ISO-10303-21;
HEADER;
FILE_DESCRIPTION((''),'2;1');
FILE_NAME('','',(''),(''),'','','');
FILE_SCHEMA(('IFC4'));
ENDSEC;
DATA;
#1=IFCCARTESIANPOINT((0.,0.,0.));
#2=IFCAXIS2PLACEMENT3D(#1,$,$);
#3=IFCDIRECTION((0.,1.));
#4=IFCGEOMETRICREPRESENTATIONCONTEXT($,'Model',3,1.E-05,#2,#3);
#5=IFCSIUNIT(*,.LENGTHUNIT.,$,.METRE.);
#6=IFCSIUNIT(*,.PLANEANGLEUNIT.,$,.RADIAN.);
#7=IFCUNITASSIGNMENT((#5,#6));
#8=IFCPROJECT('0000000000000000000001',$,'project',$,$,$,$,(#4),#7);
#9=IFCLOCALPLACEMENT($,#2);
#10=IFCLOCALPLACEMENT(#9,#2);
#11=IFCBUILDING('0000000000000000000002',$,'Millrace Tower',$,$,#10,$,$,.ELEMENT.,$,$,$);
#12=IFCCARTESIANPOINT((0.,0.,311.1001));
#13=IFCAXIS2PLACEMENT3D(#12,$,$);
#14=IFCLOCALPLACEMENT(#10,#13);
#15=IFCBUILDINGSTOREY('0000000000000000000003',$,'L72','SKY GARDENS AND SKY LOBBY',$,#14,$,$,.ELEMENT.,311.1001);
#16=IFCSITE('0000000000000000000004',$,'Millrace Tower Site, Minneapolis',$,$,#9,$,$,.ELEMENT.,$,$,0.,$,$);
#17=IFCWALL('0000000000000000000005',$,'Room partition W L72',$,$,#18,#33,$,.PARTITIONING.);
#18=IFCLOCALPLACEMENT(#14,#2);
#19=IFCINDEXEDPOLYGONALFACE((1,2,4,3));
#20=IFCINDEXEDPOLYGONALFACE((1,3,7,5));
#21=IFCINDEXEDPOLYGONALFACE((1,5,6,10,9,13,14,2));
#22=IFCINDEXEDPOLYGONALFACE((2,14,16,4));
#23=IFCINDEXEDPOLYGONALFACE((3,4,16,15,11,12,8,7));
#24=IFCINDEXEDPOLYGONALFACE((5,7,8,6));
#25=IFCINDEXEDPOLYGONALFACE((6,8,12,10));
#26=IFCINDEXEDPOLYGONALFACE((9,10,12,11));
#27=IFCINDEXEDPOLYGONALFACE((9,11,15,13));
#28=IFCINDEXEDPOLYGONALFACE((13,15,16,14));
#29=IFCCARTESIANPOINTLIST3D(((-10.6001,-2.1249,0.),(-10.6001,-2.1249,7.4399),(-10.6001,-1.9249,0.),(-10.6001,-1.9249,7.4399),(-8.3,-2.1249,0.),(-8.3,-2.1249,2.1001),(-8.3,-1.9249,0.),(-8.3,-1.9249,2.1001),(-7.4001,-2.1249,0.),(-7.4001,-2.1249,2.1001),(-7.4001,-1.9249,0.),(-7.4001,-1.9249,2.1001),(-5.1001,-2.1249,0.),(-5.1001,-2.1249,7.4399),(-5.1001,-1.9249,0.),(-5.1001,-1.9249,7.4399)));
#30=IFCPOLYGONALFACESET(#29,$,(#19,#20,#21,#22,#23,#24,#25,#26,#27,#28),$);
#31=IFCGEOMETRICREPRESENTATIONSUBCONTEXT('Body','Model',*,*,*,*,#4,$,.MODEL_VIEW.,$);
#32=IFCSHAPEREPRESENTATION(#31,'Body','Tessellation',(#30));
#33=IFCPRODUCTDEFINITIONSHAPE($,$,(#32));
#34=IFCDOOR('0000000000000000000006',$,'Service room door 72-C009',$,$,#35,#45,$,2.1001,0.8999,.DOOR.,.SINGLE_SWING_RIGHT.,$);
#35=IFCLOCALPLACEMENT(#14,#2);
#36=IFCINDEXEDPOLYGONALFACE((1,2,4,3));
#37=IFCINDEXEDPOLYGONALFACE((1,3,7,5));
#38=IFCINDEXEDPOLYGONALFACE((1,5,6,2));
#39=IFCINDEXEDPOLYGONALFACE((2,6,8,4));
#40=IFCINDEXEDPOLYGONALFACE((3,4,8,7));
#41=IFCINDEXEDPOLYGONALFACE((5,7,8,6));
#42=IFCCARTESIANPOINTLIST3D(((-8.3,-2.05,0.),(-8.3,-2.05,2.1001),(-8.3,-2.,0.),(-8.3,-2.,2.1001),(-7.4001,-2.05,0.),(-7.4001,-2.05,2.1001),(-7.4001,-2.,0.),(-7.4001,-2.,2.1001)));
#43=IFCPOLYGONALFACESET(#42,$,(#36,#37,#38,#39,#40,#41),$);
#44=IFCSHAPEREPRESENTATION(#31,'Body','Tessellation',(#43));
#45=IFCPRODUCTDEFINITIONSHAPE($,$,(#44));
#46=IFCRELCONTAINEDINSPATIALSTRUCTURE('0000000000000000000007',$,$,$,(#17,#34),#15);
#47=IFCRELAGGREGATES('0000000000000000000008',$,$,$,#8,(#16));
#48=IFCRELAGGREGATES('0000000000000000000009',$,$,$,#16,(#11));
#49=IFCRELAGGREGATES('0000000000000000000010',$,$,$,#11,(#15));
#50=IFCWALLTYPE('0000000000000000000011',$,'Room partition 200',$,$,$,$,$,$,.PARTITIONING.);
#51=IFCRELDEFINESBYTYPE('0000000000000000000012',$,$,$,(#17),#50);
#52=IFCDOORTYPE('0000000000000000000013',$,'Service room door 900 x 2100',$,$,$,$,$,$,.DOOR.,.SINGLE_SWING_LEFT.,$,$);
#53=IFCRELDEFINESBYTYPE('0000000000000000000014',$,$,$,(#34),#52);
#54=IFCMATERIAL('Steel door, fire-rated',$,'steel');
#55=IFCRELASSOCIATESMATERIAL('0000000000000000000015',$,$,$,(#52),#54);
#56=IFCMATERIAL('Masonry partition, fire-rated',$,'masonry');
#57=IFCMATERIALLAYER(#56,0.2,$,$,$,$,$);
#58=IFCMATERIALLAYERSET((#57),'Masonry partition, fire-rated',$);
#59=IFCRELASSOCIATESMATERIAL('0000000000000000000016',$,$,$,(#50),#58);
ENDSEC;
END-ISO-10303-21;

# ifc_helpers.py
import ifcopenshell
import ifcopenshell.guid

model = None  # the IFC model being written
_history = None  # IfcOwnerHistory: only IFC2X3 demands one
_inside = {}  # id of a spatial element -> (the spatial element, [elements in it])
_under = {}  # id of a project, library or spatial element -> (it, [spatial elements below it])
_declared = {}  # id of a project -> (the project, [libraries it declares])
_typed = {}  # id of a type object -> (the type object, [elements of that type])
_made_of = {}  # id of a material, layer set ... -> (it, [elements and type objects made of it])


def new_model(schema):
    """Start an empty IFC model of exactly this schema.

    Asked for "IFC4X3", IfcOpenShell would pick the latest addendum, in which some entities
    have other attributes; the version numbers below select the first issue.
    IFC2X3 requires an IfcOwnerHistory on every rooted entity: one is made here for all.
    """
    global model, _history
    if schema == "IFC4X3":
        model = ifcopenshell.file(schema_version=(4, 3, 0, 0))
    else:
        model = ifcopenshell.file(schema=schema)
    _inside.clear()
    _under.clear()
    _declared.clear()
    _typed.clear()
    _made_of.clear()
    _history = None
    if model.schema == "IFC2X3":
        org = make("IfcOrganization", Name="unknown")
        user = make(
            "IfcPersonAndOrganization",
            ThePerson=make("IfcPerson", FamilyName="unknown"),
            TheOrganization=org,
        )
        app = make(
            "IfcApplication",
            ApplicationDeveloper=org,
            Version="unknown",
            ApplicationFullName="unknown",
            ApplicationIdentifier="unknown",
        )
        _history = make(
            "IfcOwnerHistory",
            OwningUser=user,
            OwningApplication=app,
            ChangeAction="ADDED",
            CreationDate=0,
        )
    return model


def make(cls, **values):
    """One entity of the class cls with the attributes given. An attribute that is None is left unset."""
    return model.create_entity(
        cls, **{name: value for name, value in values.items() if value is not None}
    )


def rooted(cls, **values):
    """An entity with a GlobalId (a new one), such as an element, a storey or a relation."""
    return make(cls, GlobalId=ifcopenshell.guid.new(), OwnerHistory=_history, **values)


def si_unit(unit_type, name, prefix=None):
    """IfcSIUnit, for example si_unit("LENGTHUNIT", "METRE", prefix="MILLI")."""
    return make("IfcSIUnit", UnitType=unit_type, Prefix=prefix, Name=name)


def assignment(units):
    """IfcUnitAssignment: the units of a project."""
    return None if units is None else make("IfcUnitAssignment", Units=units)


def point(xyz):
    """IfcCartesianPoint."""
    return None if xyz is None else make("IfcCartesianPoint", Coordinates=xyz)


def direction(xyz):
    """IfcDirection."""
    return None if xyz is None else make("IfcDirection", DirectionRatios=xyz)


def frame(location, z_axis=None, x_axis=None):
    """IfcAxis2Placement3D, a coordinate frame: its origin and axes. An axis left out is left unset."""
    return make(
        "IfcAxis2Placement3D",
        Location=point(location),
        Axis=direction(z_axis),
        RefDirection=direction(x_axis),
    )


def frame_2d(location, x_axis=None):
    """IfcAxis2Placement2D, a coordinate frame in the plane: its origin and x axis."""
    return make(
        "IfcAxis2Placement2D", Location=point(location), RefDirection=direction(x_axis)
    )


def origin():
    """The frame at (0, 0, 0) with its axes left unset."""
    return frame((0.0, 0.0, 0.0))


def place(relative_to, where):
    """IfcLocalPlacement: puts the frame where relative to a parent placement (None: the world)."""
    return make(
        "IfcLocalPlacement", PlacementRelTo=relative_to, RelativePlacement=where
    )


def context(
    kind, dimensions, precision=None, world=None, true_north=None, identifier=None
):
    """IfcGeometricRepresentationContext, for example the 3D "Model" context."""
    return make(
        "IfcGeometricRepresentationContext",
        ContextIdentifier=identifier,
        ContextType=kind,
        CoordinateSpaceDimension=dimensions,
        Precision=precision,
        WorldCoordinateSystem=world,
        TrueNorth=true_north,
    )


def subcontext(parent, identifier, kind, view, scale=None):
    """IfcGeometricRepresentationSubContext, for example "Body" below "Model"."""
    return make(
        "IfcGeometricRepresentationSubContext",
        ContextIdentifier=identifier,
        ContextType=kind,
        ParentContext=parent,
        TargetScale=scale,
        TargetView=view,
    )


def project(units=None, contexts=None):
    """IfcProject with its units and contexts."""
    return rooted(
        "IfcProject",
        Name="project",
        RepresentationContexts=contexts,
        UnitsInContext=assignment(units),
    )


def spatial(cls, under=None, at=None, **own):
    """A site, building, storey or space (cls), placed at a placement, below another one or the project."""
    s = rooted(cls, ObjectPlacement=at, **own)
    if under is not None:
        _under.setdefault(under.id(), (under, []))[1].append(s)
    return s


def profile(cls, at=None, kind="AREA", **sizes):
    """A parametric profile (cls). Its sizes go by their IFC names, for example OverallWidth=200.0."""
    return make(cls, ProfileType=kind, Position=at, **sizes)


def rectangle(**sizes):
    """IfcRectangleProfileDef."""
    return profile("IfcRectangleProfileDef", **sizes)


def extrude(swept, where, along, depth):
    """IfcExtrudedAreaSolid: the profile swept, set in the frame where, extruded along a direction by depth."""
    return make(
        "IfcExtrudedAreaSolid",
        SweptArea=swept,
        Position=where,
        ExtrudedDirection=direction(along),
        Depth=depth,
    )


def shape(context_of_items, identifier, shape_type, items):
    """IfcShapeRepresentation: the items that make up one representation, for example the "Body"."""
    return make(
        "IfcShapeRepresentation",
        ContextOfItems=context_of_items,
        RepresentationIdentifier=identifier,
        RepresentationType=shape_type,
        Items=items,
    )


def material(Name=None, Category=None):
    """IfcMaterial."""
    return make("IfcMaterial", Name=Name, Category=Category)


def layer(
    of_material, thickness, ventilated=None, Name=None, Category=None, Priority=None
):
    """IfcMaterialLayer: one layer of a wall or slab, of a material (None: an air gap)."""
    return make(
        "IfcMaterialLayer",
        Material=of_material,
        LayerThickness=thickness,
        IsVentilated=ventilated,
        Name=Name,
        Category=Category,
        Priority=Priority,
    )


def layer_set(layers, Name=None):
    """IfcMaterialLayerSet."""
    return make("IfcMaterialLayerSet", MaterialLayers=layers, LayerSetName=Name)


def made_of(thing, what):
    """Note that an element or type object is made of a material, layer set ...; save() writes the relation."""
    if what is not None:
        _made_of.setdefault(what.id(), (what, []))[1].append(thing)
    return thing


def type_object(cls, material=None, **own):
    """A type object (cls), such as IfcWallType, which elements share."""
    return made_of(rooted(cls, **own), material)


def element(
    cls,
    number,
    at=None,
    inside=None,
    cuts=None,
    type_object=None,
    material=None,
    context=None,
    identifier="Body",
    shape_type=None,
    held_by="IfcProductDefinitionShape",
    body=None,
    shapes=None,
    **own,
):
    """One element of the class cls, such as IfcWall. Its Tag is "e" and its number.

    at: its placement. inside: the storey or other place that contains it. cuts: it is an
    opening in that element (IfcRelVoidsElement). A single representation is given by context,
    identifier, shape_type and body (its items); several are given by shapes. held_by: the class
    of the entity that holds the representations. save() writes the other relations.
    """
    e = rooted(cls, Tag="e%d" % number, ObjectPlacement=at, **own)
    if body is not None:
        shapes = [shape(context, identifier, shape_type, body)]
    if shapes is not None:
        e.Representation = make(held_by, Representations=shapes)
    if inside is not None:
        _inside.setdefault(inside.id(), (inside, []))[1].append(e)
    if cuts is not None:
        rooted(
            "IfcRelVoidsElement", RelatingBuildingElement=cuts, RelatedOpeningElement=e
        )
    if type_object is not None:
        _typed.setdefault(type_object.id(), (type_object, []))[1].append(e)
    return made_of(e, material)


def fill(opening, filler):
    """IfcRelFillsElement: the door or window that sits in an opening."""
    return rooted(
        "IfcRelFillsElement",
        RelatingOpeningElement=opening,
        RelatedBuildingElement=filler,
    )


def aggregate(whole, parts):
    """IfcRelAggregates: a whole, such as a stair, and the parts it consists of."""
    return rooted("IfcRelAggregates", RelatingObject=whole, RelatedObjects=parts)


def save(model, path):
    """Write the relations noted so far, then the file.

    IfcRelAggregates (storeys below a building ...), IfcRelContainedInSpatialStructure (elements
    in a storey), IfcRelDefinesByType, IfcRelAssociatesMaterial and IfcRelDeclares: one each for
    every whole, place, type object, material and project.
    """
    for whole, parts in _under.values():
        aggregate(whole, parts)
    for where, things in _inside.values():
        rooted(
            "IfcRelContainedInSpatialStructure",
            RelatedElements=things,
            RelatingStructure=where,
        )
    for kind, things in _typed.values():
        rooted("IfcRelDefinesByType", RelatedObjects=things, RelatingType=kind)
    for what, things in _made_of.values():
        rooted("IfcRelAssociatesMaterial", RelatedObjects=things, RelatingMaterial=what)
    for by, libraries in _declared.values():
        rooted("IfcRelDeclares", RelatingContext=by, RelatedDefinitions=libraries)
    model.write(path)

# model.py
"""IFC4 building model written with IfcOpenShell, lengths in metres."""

from ifc_helpers import new_model, si_unit, direction, frame, frame_2d, origin, place, context, subcontext, project, spatial, rectangle, extrude, material, layer, layer_set, type_object, element, fill, save


model = new_model("IFC4")

# Units and contexts
model_context = context("Model", 3, precision=1e-05, world=origin(), true_north=direction((0.0, 1.0)))
body_context = subcontext(model_context, "Body", "Model", "MODEL_VIEW")
ifc_project = project(units=[si_unit("LENGTHUNIT", "METRE"), si_unit("PLANEANGLEUNIT", "RADIAN")], contexts=[model_context])

# Site, building, storey
site_placement = place(None, origin())
site = spatial("IfcSite", under=ifc_project, at=site_placement, Name="Millrace Tower Site, Minneapolis", CompositionType="ELEMENT", RefElevation=0.0)
building_placement = place(site_placement, origin())
building = spatial("IfcBuilding", under=site, at=building_placement, Name="Millrace Tower", CompositionType="ELEMENT")
storey_placement = place(building_placement, frame((0.0, 0.0, 311.1001)))
storey = spatial("IfcBuildingStorey", under=building, at=storey_placement, Name="L72", Description="SKY GARDENS AND SKY LOBBY", CompositionType="ELEMENT", Elevation=311.1001)

# Shared definitions
ifc_material_1 = material(Name="Steel door, fire-rated", Category="steel")
door_type_1 = type_object("IfcDoorType", Name="Service room door 900 x 2100", OperationType="SINGLE_SWING_LEFT", PredefinedType="DOOR", material=ifc_material_1)

# Shared definitions
ifc_material_2 = material(Name="Masonry partition, fire-rated", Category="masonry")
ifc_layer_1 = layer(ifc_material_2, 0.2)
ifc_layer_set_1 = layer_set([ifc_layer_1], Name="Masonry partition, fire-rated")
wall_type_1 = type_object("IfcWallType", Name="Room partition 200", PredefinedType="PARTITIONING", material=ifc_layer_set_1)

# Wall, opening, door
wall_1_placement = place(storey_placement, frame((-10.6001, -2.0249, 0.0), z_axis=(0.0, 0.0, 1.0), x_axis=(1.0, 0.0, 0.0)))
wall_1 = element("IfcWall", 1, at=wall_1_placement, inside=storey, type_object=wall_type_1, Name="Room partition W L72", PredefinedType="PARTITIONING", context=body_context, shape_type="SweptSolid", body=[
    extrude(rectangle(XDim=5.5, YDim=0.2, at=frame_2d((2.75, 0.0))), origin(), (0.0, 0.0, 1.0), 7.4399),
])
opening_1_placement = place(wall_1_placement, frame((2.3, 0.0, 0.0)))
opening_1 = element("IfcOpeningElement", 2, at=opening_1_placement, cuts=wall_1, PredefinedType="OPENING", context=body_context, shape_type="SweptSolid", body=[
    extrude(rectangle(XDim=0.8999, YDim=2.1001, at=frame_2d((0.45, 1.05))), frame((0.0, 0.1099, 0.0), z_axis=(0.0, -1.0, 0.0), x_axis=(1.0, 0.0, 0.0)), (0.0, 0.0, 1.0), 0.22),
])
door_1_placement = place(opening_1_placement, origin())
door_1 = element("IfcDoor", 3, at=door_1_placement, inside=storey, type_object=door_type_1, Name="Service room door 72-C009", OperationType="SINGLE_SWING_RIGHT", OverallHeight=2.1001, OverallWidth=0.8999, PredefinedType="DOOR", context=body_context, shape_type="SweptSolid", body=[
    extrude(rectangle(XDim=0.8999, YDim=2.1001, at=frame_2d((0.45, 1.05))), frame((0.0, 0.0249, 0.0), z_axis=(0.0, -1.0, 0.0), x_axis=(1.0, 0.0, 0.0)), (0.0, 0.0, 1.0), 0.05),
])
fill(opening_1, door_1)

save(model, "model.ifc")
